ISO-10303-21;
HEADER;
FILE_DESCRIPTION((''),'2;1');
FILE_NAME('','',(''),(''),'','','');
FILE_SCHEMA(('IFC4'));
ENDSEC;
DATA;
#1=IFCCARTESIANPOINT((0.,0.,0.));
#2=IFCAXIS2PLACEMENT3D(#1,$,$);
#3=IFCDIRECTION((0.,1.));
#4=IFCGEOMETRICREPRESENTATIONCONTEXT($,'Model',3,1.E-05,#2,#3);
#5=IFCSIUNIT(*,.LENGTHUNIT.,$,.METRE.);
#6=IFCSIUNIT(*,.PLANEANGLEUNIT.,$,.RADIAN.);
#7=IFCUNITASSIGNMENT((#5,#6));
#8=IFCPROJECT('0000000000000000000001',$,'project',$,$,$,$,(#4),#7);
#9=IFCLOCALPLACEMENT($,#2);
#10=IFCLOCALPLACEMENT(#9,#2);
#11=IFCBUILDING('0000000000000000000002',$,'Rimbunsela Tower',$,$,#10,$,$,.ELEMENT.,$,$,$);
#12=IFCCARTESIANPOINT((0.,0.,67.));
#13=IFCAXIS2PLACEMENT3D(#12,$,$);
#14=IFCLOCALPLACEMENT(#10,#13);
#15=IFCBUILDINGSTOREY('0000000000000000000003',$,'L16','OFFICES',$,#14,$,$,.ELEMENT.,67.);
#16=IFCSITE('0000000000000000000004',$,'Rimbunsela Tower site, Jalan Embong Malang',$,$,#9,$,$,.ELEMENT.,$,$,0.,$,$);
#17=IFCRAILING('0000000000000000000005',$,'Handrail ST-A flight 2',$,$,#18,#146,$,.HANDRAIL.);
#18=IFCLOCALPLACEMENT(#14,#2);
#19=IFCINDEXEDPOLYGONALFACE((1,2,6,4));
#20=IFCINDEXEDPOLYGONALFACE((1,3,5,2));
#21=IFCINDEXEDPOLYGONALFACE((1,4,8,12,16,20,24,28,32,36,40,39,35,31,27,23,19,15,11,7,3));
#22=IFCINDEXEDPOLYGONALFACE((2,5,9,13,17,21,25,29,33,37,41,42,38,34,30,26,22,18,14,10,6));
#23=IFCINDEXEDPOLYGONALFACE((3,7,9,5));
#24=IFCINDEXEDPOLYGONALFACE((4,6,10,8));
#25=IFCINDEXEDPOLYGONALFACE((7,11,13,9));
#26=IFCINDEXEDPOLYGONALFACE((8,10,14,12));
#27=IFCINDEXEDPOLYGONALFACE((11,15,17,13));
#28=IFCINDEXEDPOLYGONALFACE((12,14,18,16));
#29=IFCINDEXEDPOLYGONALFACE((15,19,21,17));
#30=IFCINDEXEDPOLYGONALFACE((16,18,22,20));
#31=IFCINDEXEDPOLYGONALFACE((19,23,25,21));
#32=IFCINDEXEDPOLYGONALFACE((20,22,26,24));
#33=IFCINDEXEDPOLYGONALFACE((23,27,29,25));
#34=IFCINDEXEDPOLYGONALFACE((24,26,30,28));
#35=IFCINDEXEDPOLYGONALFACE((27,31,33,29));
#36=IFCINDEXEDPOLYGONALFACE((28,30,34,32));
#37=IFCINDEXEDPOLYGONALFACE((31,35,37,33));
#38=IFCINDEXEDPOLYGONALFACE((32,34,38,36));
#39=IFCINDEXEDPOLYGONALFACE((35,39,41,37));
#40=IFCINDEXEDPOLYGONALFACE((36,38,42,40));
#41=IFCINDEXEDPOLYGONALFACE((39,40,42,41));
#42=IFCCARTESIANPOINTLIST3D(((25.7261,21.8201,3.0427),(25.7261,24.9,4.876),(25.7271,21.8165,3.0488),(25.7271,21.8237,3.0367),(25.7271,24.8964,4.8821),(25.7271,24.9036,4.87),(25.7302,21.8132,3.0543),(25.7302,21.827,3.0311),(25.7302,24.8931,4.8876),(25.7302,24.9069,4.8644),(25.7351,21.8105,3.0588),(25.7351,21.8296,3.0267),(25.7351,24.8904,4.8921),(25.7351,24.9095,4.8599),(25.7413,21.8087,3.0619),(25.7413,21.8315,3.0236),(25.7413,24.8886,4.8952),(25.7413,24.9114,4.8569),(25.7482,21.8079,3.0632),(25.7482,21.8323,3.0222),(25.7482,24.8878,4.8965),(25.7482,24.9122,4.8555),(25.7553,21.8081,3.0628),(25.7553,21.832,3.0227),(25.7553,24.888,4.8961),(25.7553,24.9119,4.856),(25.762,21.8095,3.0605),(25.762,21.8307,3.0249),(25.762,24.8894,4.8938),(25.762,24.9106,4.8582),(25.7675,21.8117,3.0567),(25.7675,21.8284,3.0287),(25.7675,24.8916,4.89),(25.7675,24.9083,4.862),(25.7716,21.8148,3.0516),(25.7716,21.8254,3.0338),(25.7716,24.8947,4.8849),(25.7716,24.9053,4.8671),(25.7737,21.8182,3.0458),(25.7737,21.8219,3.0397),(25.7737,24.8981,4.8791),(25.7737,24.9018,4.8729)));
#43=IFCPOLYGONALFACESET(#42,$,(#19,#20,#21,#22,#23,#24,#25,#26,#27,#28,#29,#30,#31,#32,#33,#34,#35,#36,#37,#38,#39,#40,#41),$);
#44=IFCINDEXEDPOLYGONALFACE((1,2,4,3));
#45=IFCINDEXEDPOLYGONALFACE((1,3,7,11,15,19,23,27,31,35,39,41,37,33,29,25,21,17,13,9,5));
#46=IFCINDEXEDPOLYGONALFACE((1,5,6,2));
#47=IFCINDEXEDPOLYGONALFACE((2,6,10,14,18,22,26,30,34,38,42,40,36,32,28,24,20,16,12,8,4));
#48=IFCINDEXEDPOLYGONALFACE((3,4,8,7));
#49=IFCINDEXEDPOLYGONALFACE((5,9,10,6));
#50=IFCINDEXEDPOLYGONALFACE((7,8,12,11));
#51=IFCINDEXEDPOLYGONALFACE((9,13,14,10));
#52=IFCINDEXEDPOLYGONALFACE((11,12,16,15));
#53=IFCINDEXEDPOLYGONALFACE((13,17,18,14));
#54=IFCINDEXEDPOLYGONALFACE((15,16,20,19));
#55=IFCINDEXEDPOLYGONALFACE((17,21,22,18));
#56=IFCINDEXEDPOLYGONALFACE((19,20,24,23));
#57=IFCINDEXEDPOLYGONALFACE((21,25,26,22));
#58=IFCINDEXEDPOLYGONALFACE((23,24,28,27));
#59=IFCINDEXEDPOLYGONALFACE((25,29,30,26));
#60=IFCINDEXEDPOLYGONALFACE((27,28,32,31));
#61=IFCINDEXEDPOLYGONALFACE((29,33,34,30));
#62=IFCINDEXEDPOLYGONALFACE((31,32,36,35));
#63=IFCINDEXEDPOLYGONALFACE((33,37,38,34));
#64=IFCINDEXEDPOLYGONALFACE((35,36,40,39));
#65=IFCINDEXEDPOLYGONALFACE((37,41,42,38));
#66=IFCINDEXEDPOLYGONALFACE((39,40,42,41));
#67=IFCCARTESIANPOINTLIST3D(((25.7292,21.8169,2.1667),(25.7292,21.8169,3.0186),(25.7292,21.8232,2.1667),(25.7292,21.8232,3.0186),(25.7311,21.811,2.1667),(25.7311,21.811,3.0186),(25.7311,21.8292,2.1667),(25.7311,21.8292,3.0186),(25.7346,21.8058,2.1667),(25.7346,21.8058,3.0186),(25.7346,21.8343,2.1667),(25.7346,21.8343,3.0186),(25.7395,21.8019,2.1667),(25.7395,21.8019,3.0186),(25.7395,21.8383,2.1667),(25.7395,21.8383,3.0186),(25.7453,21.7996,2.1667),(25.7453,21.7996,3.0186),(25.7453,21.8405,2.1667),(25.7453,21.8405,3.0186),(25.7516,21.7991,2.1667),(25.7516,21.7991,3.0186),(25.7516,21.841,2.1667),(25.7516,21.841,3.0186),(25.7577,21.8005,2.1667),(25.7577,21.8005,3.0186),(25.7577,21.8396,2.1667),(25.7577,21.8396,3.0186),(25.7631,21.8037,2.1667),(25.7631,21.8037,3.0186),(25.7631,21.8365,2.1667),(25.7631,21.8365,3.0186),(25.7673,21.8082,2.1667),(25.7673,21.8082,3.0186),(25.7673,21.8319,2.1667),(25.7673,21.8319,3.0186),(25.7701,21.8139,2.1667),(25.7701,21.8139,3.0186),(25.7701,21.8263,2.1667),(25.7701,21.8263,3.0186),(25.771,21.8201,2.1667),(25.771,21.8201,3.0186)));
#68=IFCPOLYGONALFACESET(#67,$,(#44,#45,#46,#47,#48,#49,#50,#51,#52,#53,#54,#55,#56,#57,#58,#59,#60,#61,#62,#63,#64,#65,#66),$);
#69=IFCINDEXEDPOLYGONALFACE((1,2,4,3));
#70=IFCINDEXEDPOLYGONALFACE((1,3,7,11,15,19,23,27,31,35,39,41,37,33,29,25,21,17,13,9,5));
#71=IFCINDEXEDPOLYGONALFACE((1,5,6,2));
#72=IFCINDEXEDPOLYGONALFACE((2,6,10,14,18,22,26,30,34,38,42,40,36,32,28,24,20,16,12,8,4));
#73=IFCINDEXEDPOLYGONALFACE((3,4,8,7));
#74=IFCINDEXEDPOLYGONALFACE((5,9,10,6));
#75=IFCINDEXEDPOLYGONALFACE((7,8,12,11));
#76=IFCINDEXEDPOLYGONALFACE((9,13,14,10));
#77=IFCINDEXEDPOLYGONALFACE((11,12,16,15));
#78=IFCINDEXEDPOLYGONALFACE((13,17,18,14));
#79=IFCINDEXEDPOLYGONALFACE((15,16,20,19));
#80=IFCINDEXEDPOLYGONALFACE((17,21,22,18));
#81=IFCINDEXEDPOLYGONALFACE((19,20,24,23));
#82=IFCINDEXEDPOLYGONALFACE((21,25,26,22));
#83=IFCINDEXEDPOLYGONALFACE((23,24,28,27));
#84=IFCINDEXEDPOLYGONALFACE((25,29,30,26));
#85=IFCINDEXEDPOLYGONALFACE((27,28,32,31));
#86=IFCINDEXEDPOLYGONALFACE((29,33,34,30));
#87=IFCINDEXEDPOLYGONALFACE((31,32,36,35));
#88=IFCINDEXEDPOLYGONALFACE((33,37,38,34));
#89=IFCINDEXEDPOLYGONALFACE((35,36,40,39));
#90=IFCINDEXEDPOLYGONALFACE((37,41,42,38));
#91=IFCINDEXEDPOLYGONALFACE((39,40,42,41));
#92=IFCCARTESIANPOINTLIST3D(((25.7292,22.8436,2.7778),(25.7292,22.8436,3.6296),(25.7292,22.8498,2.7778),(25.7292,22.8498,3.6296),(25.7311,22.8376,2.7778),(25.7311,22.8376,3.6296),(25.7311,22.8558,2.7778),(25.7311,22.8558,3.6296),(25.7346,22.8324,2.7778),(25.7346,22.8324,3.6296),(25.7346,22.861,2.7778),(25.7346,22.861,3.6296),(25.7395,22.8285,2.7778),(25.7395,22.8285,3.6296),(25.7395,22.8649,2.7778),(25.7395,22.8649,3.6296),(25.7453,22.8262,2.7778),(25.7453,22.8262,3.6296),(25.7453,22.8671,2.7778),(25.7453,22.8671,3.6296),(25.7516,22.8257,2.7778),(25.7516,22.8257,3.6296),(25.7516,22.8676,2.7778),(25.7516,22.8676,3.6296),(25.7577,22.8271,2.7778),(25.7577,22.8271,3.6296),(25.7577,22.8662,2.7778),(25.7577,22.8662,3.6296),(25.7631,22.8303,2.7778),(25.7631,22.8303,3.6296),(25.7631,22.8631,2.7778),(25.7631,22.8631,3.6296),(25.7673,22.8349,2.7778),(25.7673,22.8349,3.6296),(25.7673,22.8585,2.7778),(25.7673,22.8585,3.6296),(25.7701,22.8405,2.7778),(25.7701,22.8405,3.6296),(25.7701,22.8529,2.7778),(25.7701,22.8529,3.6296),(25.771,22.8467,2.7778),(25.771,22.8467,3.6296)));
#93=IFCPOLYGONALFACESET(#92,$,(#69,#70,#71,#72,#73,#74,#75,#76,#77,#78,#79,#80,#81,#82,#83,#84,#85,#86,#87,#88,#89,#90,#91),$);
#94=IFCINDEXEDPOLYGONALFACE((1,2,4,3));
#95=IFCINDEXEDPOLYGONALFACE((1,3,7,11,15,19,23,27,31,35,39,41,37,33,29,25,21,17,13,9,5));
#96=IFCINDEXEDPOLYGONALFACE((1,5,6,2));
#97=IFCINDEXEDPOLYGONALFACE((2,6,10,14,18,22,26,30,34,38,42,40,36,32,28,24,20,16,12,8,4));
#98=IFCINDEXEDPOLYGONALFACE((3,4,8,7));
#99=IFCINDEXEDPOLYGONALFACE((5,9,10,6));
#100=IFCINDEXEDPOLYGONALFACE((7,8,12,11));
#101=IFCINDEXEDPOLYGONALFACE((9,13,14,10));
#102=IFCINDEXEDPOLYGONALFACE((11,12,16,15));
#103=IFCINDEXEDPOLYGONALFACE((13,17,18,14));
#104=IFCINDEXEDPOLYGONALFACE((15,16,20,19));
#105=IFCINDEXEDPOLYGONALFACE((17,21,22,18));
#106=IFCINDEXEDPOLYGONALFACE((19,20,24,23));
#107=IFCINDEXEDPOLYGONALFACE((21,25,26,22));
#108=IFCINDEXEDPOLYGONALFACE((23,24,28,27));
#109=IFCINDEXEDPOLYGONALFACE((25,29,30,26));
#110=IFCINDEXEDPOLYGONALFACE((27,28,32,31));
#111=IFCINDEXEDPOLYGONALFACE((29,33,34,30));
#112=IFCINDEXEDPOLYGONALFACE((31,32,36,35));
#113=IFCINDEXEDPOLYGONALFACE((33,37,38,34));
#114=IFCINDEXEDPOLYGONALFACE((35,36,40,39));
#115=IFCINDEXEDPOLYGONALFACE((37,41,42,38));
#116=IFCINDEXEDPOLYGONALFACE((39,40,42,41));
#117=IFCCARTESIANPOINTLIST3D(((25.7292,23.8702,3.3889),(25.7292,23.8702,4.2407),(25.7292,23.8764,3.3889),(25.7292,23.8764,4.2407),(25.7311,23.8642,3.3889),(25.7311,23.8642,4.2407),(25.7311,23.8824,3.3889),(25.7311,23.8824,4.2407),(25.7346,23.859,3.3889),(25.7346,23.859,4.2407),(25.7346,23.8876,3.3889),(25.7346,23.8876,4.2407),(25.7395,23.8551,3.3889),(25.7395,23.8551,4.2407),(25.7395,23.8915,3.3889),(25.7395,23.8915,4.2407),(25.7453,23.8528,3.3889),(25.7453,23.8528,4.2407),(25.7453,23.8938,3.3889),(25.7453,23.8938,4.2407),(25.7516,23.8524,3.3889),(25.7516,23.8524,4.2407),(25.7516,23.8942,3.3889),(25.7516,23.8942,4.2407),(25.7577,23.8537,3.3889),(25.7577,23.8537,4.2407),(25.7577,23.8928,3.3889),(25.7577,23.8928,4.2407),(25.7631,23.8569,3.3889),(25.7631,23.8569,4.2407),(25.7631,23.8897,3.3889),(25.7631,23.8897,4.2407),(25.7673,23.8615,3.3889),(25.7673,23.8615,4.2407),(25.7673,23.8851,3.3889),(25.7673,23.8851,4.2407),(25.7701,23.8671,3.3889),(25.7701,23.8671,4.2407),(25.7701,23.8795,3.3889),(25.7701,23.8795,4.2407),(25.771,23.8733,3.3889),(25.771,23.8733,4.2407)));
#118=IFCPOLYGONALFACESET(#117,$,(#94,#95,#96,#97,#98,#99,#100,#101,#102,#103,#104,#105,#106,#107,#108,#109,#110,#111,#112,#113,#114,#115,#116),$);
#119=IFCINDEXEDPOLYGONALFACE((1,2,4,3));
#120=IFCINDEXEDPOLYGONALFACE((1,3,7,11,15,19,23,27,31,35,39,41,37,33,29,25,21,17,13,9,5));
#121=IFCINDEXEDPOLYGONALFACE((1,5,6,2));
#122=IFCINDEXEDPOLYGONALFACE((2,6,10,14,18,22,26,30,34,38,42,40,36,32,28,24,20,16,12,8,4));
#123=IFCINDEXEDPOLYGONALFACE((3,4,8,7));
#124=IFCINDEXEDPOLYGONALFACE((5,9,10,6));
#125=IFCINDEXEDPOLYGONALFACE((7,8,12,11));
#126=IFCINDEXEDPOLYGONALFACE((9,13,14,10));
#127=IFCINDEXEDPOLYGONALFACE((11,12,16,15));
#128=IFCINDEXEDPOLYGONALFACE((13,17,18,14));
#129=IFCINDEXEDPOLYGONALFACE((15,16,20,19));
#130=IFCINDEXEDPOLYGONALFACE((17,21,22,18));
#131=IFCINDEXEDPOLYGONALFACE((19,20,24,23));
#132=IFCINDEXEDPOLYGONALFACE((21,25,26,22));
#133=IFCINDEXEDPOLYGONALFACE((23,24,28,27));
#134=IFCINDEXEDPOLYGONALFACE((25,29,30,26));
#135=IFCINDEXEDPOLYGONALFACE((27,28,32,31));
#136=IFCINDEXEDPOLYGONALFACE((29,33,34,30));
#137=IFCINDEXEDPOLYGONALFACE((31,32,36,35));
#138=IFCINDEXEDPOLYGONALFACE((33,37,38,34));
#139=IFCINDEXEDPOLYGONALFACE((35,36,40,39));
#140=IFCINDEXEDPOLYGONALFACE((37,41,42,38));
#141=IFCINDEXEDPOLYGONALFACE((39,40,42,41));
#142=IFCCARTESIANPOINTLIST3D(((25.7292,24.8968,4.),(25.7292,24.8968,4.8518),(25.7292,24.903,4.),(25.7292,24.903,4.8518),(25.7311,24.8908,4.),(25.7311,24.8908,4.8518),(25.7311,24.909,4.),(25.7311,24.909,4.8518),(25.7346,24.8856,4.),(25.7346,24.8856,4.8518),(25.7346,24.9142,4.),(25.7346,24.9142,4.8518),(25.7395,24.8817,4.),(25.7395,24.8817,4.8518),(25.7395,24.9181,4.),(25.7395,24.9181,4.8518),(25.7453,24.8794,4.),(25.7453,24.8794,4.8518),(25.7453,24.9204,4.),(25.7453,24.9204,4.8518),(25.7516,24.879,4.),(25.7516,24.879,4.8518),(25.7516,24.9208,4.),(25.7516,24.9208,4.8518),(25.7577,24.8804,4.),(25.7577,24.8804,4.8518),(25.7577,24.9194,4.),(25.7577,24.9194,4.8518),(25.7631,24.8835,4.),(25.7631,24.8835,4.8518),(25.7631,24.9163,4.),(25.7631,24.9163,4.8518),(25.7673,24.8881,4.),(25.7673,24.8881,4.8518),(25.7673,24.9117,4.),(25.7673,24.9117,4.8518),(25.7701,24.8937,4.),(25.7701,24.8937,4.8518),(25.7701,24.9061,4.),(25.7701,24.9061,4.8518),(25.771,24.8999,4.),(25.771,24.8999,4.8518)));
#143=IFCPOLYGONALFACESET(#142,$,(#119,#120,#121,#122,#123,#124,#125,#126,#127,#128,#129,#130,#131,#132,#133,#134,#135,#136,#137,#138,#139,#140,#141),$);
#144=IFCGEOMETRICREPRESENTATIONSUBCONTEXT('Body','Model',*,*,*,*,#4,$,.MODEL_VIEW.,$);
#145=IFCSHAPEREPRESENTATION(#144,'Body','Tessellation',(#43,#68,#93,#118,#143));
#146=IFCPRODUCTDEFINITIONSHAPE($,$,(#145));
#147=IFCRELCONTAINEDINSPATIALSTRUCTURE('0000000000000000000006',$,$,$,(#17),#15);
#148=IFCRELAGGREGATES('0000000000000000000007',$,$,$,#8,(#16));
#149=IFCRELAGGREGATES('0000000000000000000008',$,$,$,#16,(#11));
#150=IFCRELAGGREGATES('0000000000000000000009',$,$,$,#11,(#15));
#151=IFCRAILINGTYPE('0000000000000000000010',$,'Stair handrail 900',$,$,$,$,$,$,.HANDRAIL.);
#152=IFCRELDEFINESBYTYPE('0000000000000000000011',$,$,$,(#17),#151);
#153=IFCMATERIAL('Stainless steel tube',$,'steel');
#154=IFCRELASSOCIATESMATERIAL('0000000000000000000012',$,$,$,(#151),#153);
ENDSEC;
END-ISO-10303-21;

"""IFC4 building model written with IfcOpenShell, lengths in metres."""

from ifc_helpers import new_model, si_unit, direction, frame, origin, origin_2d, place, context, subcontext, project, spatial, circle, extrude, material, type_object, element, save


model = new_model("IFC4")

# Units and contexts
model_context = context("Model", 3, precision=1e-05, world=origin(), true_north=direction((0.0, 1.0)))
body_context = subcontext(model_context, "Body", "Model", "MODEL_VIEW")
ifc_project = project(units=[si_unit("LENGTHUNIT", "METRE"), si_unit("PLANEANGLEUNIT", "RADIAN")], contexts=[model_context])

# Site, building, storey
site_placement = place(None, origin())
site = spatial("IfcSite", under=ifc_project, at=site_placement, Name="Rimbunsela Tower site, Jalan Embong Malang", CompositionType="ELEMENT", RefElevation=0.0)
building_placement = place(site_placement, origin())
building = spatial("IfcBuilding", under=site, at=building_placement, Name="Rimbunsela Tower", CompositionType="ELEMENT")
storey_placement = place(building_placement, frame((0.0, 0.0, 67.0)))
storey = spatial("IfcBuildingStorey", under=building, at=storey_placement, Name="L16", Description="OFFICES", CompositionType="ELEMENT", Elevation=67.0)

# Railing
ifc_material_1 = material(Name="Stainless steel tube", Category="steel")
railing_type = type_object("IfcRailingType", Name="Stair handrail 900", PredefinedType="HANDRAIL", material=ifc_material_1)
for number, where, name in (
    (1, (25.75, 21.8201, 2.1667), "Handrail ST-A flight 2"),
):
    element("IfcRailing", number, at=place(storey_placement, frame(where)), inside=storey, type_object=railing_type, Name=name, PredefinedType="HANDRAIL", context=body_context, shape_type="SweptSolid", body=[
        extrude(circle(Radius=0.0239, at=origin_2d()), frame((0.0, 0.0, 0.876), z_axis=(0.0, 0.859291, 0.511487), x_axis=(-1.0, 0.0, 0.0)), (0.0, 0.0, 1.0), 3.5842),
        extrude(circle(Radius=0.021, at=origin_2d()), origin(), (0.0, 0.0, 1.0), 0.8518),
        extrude(circle(Radius=0.021, at=origin_2d()), frame((0.0, 1.0266, 0.6111)), (0.0, 0.0, 1.0), 0.8518),
        extrude(circle(Radius=0.021, at=origin_2d()), frame((0.0, 2.0532, 1.2222)), (0.0, 0.0, 1.0), 0.8518),
        extrude(circle(Radius=0.021, at=origin_2d()), frame((0.0, 3.0798, 1.8333)), (0.0, 0.0, 1.0), 0.8518),
    ])

save(model, "model.ifc")
